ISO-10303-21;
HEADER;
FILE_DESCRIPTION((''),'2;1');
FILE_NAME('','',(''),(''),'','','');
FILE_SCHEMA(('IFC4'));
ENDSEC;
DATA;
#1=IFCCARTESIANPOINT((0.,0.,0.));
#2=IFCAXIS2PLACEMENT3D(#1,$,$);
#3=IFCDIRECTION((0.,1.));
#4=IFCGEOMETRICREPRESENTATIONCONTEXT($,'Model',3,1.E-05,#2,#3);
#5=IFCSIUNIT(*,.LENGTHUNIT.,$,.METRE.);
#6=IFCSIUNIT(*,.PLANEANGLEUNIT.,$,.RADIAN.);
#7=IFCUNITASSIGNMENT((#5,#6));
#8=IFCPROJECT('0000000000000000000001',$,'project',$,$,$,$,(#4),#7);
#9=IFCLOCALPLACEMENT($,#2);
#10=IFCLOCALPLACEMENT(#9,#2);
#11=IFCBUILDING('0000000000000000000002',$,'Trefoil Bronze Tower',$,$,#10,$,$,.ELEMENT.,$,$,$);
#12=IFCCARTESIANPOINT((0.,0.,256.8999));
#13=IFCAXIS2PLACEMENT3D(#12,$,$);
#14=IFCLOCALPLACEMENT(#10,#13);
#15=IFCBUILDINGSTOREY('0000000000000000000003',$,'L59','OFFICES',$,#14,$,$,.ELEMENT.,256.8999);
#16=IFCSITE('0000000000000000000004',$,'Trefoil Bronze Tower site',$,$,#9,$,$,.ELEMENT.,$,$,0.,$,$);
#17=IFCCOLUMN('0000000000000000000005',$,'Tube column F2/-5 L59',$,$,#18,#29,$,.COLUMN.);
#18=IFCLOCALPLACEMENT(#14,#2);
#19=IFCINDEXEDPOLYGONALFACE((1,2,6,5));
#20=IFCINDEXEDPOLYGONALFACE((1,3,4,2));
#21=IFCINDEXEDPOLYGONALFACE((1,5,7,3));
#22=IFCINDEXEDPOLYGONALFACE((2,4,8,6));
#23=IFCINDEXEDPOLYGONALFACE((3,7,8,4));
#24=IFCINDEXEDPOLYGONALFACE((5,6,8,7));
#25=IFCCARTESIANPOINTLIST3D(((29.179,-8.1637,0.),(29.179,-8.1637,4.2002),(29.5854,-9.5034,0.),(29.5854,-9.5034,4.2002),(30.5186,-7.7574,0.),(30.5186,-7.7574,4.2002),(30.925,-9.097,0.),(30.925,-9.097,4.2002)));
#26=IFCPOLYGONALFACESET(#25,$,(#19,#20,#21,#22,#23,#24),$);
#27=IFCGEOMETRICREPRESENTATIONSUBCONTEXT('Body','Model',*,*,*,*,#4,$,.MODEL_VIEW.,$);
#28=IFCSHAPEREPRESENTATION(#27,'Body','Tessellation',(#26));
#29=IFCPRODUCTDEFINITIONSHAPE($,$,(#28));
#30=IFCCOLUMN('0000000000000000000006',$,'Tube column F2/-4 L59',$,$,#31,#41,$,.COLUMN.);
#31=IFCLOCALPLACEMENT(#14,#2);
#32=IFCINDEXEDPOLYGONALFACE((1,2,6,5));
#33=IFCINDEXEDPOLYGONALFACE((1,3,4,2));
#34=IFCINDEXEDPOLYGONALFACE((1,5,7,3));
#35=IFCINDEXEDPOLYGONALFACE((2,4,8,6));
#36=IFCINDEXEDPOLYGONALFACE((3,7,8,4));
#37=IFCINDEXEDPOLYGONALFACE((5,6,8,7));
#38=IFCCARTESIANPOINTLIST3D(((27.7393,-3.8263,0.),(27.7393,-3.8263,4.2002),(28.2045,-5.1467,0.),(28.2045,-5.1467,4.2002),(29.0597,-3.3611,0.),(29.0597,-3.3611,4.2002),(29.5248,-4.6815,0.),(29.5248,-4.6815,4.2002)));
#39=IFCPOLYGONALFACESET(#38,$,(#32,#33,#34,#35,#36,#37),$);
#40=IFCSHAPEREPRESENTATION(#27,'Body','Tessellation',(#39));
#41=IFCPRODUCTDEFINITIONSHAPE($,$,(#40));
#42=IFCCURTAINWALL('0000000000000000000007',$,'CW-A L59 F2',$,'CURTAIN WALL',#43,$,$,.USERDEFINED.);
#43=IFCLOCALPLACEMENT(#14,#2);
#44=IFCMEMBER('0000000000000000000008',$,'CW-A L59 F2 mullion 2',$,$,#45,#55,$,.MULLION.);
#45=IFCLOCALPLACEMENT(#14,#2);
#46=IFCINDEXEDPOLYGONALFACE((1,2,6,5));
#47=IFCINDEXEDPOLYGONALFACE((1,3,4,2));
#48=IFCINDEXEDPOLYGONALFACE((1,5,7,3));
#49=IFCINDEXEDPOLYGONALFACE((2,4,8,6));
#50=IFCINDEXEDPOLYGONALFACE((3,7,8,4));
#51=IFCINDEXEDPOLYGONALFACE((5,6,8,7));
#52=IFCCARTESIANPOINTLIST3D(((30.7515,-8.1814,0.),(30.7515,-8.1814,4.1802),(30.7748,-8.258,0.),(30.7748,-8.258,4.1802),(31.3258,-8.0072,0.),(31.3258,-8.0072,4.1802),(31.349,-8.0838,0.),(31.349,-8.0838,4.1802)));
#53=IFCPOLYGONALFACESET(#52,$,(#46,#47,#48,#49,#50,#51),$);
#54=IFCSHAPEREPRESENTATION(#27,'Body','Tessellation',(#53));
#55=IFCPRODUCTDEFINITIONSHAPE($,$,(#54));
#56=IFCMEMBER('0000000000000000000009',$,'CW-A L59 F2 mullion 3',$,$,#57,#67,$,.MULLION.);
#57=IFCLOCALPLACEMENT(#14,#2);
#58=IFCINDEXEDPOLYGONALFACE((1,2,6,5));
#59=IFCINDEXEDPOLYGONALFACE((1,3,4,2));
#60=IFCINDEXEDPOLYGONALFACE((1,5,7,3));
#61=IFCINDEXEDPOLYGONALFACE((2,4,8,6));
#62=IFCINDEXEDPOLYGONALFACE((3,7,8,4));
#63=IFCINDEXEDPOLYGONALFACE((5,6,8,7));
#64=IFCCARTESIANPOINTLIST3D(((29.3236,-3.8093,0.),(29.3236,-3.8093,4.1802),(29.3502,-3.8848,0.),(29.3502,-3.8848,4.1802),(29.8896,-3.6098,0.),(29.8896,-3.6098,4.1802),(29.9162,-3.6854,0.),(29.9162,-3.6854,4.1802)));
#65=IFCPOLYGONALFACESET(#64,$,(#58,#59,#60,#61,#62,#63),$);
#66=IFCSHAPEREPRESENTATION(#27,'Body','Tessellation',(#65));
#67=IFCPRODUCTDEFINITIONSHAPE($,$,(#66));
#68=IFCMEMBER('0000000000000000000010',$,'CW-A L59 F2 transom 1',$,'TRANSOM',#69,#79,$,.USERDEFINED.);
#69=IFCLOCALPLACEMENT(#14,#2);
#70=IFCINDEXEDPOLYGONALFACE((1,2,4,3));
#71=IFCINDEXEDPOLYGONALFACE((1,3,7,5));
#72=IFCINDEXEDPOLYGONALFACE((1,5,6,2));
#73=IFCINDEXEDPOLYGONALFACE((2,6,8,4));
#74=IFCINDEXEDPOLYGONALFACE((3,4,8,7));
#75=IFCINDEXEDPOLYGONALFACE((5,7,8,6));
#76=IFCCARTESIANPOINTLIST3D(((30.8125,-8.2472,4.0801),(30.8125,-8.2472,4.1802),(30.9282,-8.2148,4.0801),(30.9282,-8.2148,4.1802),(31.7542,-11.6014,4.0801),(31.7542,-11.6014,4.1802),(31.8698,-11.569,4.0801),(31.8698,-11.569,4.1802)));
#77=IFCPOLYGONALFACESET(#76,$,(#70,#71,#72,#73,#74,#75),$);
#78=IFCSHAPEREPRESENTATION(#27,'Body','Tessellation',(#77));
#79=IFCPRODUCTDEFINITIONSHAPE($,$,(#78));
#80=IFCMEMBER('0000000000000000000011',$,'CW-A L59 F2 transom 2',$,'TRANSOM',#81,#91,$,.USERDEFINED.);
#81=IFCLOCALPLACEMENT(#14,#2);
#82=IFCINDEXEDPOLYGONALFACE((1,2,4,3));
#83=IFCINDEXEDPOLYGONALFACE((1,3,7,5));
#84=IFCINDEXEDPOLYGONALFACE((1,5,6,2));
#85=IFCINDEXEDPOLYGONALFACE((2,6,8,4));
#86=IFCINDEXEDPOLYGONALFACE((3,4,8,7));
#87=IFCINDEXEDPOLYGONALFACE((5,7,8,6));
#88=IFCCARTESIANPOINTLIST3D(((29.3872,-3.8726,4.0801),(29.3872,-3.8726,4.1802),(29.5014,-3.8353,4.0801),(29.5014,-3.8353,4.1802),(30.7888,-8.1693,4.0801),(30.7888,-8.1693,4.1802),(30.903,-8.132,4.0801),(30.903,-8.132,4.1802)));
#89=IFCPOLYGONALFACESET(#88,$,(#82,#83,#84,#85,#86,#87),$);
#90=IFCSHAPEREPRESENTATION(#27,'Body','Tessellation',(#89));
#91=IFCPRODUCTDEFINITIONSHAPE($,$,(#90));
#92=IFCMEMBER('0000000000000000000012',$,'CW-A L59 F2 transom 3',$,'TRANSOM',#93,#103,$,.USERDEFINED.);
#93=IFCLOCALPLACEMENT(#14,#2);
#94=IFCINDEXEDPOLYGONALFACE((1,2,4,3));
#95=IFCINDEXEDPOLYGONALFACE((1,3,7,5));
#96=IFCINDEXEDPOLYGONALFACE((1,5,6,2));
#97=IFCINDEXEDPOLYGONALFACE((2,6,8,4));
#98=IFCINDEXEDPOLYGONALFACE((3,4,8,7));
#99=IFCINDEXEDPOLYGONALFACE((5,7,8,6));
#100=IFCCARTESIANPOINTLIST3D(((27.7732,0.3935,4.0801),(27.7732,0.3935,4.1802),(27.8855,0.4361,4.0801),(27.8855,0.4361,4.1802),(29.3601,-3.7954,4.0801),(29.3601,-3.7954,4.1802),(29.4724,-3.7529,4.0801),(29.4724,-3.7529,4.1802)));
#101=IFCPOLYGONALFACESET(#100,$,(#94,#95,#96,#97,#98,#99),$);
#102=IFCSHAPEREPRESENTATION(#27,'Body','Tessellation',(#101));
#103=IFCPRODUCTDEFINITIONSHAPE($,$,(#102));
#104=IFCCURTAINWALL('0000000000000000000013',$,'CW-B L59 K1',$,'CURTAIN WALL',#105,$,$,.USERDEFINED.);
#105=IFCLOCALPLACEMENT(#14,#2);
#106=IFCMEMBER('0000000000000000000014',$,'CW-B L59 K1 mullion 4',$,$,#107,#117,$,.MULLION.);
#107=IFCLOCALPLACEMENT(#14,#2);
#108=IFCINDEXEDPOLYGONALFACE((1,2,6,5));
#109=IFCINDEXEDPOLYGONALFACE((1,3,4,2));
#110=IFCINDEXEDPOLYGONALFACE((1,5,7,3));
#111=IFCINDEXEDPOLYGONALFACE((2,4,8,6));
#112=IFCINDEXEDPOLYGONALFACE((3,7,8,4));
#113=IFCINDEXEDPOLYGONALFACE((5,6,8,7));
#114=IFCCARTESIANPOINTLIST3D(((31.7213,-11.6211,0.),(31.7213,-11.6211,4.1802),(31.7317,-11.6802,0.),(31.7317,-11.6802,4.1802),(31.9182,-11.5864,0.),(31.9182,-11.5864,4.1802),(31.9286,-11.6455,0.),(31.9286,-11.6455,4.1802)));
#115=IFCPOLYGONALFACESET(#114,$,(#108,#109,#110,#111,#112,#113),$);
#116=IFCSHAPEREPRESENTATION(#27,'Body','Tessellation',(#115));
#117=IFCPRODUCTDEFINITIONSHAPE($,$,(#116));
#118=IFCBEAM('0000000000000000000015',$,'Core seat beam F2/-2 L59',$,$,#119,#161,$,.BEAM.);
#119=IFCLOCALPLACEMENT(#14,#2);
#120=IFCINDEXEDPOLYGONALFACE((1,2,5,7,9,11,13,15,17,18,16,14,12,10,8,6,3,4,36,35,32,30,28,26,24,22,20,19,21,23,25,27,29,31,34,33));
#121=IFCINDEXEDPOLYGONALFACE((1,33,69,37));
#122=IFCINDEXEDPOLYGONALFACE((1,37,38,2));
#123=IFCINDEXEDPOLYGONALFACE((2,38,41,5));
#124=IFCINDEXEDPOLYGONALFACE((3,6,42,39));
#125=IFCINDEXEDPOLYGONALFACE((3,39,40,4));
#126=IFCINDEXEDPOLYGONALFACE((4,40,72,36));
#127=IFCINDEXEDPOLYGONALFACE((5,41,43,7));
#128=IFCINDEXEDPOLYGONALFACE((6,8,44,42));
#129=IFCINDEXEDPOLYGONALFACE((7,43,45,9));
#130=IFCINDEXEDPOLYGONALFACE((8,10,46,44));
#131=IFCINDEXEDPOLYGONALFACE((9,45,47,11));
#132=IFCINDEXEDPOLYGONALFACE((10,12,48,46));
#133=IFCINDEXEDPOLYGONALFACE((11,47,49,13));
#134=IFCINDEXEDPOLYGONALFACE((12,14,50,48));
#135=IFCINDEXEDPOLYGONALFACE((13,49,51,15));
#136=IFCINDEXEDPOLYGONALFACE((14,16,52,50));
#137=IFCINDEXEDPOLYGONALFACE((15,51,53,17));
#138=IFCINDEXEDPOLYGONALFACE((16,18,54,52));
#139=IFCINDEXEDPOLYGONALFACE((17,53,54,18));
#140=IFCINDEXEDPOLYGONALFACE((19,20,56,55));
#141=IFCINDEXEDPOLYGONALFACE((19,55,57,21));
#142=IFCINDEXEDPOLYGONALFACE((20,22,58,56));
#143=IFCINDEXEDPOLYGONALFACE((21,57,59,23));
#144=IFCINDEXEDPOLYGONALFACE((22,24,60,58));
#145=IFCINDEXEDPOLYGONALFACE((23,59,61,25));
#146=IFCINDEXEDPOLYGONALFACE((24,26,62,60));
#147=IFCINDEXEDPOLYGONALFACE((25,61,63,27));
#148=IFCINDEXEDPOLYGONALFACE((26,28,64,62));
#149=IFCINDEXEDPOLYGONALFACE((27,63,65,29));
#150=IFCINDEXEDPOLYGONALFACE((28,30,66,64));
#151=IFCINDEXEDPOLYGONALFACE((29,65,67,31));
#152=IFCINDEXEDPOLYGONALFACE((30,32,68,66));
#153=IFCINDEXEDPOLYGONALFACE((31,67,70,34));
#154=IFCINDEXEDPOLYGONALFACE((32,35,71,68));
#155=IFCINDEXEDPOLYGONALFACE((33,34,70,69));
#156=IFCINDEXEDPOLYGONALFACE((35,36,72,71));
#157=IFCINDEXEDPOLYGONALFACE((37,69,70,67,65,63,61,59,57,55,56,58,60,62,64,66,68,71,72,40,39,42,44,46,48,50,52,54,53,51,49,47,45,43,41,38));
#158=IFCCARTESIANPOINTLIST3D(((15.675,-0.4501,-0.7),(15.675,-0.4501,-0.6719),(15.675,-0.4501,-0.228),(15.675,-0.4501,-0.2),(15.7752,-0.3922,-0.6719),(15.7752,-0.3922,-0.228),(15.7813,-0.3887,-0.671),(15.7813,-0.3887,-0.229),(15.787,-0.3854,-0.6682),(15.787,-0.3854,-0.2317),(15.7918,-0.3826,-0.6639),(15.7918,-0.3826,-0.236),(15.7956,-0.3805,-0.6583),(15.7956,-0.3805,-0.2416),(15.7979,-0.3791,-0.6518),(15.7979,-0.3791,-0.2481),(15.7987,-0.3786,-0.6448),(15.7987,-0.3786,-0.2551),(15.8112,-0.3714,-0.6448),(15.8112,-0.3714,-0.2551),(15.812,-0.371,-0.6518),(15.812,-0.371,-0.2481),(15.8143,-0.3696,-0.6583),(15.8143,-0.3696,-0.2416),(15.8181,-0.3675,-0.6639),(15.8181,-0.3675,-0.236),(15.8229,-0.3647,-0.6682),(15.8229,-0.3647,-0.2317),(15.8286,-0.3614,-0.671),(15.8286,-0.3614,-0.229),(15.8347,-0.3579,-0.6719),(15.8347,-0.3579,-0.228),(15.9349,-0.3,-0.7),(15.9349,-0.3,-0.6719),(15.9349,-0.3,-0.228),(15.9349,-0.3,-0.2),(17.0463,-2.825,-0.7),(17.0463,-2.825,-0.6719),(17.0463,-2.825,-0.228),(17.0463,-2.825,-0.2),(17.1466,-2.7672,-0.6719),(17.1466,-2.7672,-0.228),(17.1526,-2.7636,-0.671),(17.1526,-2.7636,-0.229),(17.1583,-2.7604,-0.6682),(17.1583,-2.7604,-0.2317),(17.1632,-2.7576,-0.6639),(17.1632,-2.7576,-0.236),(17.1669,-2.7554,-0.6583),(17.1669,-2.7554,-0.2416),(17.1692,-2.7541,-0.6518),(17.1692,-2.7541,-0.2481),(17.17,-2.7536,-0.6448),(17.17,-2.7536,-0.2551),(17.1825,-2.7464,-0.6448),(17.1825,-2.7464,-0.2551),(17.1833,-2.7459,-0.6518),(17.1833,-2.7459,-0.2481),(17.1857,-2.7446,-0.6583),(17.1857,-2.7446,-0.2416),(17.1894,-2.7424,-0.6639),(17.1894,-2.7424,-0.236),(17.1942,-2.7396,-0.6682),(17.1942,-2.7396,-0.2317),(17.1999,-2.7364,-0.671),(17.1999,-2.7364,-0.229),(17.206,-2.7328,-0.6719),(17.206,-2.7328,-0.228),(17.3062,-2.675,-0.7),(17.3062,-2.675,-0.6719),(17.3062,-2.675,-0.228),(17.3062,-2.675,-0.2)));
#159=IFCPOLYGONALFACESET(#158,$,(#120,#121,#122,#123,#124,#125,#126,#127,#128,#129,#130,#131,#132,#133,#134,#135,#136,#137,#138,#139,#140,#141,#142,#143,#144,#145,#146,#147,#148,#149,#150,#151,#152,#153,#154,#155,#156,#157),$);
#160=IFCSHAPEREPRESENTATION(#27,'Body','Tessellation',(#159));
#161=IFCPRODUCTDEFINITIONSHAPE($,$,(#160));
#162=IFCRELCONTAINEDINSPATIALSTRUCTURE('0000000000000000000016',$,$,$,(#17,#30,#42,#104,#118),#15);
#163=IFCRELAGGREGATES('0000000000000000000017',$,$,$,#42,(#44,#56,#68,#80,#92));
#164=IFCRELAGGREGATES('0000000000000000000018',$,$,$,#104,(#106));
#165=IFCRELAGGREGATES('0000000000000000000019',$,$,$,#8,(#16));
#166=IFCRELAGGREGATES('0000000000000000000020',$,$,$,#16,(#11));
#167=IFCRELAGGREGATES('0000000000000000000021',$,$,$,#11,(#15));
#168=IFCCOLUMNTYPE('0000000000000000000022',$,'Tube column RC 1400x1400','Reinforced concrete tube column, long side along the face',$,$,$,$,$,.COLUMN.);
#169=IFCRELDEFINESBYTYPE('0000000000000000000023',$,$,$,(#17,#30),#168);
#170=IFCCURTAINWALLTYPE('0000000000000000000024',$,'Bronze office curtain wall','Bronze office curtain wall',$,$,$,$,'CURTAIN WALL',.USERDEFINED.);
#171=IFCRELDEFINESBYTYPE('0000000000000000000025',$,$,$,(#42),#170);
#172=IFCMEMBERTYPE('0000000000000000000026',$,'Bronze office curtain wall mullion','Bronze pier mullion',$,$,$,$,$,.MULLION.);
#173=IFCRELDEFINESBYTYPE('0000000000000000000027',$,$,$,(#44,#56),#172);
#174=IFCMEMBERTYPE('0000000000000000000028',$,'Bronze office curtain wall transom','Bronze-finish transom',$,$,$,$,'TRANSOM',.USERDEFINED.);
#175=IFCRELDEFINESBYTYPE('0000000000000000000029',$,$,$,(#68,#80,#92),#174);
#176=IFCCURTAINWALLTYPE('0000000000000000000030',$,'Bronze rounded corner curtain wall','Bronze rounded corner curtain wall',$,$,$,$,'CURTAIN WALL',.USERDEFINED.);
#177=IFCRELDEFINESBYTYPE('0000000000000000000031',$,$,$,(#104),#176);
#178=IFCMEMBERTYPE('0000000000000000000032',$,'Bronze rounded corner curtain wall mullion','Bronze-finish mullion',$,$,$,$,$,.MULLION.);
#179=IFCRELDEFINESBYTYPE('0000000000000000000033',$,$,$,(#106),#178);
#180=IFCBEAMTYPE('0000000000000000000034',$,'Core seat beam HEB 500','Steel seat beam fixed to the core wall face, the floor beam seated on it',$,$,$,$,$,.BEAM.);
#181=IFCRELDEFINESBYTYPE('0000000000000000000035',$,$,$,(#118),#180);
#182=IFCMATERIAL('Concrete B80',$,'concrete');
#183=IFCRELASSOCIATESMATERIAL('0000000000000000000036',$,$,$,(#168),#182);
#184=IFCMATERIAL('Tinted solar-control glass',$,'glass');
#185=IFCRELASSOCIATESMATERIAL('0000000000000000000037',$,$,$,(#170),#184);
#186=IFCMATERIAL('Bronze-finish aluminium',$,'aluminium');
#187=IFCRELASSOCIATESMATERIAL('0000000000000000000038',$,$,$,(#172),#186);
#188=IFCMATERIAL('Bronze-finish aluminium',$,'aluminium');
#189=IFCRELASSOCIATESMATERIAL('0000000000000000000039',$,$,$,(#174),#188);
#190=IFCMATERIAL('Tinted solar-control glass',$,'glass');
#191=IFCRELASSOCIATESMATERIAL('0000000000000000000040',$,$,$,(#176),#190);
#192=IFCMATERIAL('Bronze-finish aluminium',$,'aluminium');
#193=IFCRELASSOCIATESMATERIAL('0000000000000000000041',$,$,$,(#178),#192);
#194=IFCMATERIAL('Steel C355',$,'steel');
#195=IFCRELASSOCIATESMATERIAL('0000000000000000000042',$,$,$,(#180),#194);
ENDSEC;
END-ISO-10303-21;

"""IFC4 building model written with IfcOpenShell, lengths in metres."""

from ifc_helpers import new_model, si_unit, direction, frame, origin, origin_2d, place, context, subcontext, project, spatial, rectangle, i_section, extrude, material, material_profile, profile_set, type_object, element, aggregate, save


model = new_model("IFC4")

# Units and contexts
model_context = context("Model", 3, precision=1e-05, world=origin(), true_north=direction((0.0, 1.0)))
body_context = subcontext(model_context, "Body", "Model", "MODEL_VIEW")
ifc_project = project(units=[si_unit("LENGTHUNIT", "METRE"), si_unit("PLANEANGLEUNIT", "RADIAN")], contexts=[model_context])

# Site, building, storey
site_placement = place(None, origin())
site = spatial("IfcSite", under=ifc_project, at=site_placement, Name="Trefoil Bronze Tower site", CompositionType="ELEMENT", RefElevation=0.0)
building_placement = place(site_placement, origin())
building = spatial("IfcBuilding", under=site, at=building_placement, Name="Trefoil Bronze Tower", CompositionType="ELEMENT")
storey_placement = place(building_placement, frame((0.0, 0.0, 256.8999)))
storey = spatial("IfcBuildingStorey", under=building, at=storey_placement, Name="L59", Description="OFFICES", CompositionType="ELEMENT", Elevation=256.8999)

# Columns
ifc_material_1 = material(Name="Concrete B80", Category="concrete")
ifc_material_profile_1 = material_profile(ifc_material_1, rectangle(XDim=1.3999, YDim=1.3999, at=origin_2d()), Name="RC 1400x1400")
ifc_profile_set_1 = profile_set([ifc_material_profile_1], Name="Concrete B80")
column_type = type_object("IfcColumnType", Name="Tube column RC 1400x1400", Description="Reinforced concrete tube column, long side along the face", PredefinedType="COLUMN", material=ifc_profile_set_1)
for number, where, z_axis, x_axis, name in (
    (1, (30.052, -8.6304, 0.0), (0.0, 0.0, 1.0), (-0.290278, 0.956942, 0.0), "Tube column F2/-5 L59"),
    (2, (28.6321, -4.2539, 0.0), (0.0, 0.0, 1.0), (-0.332282, 0.94318, 0.0), "Tube column F2/-4 L59"),
):
    element("IfcColumn", number, at=place(storey_placement, frame(where, z_axis=z_axis, x_axis=x_axis)), inside=storey, type_object=column_type, Name=name, PredefinedType="COLUMN", context=body_context, shape_type="SweptSolid", body=[
        extrude(rectangle(XDim=1.3999, YDim=1.3999, at=origin_2d()), origin(), (0.0, 0.0, 1.0), 4.2002),
    ])

# Curtain wall, members
ifc_material_2 = material(Name="Tinted solar-control glass", Category="glass")
curtain_wall_type_1 = type_object("IfcCurtainWallType", Name="Bronze office curtain wall", Description="Bronze office curtain wall", ElementType="CURTAIN WALL", PredefinedType="USERDEFINED", material=ifc_material_2)
curtain_wall_1_placement = place(storey_placement, origin())
curtain_wall_1 = element("IfcCurtainWall", 3, at=curtain_wall_1_placement, inside=storey, type_object=curtain_wall_type_1, Name="CW-A L59 F2", ObjectType="CURTAIN WALL", PredefinedType="USERDEFINED")
ifc_material_3 = material(Name="Bronze-finish aluminium", Category="aluminium")
ifc_material_profile_2 = material_profile(ifc_material_3, rectangle(XDim=0.6001, YDim=0.0801, at=origin_2d()), Name="CW-A mullion")
ifc_profile_set_2 = profile_set([ifc_material_profile_2], Name="Bronze-finish aluminium")
member_type_1 = type_object("IfcMemberType", Name="Bronze office curtain wall mullion", Description="Bronze pier mullion", PredefinedType="MULLION", material=ifc_profile_set_2)
member_1_placement = place(storey_placement, frame((31.0503, -8.1326, 0.0), z_axis=(0.0, 0.0, 1.0), x_axis=(-0.956942, -0.290278, 0.0)))
member_1 = element("IfcMember", 4, at=member_1_placement, type_object=member_type_1, Name="CW-A L59 F2 mullion 2", PredefinedType="MULLION", context=body_context, shape_type="SweptSolid", body=[
    extrude(rectangle(XDim=0.6001, YDim=0.0801, at=origin_2d()), origin(), (0.0, 0.0, 1.0), 4.1802),
])
member_2_placement = place(storey_placement, frame((29.6199, -3.7473, 0.0), z_axis=(0.0, 0.0, 1.0), x_axis=(-0.94318, -0.332282, 0.0)))
member_2 = element("IfcMember", 5, at=member_2_placement, type_object=member_type_1, Name="CW-A L59 F2 mullion 3", PredefinedType="MULLION", context=body_context, shape_type="SweptSolid", body=[
    extrude(rectangle(XDim=0.6001, YDim=0.0801, at=origin_2d()), origin(), (0.0, 0.0, 1.0), 4.1802),
])
ifc_material_4 = material(Name="Bronze-finish aluminium", Category="aluminium")
ifc_material_profile_3 = material_profile(ifc_material_4, rectangle(XDim=0.1201, YDim=0.1001, at=origin_2d()), Name="CW-A transom")
ifc_profile_set_3 = profile_set([ifc_material_profile_3], Name="Bronze-finish aluminium")
member_type_2 = type_object("IfcMemberType", Name="Bronze office curtain wall transom", Description="Bronze-finish transom", ElementType="TRANSOM", PredefinedType="USERDEFINED", material=ifc_profile_set_3)
member_3_placement = place(storey_placement, frame((31.812, -11.5852, 4.1301), z_axis=(-0.270285, 0.96278, 0.0), x_axis=(-0.96278, -0.270285, 0.0)))
member_3 = element("IfcMember", 6, at=member_3_placement, type_object=member_type_2, Name="CW-A L59 F2 transom 1", ObjectType="TRANSOM", PredefinedType="USERDEFINED", context=body_context, shape_type="SweptSolid", body=[
    extrude(rectangle(XDim=0.1201, YDim=0.1001, at=origin_2d()), origin(), (0.0, 0.0, 1.0), 3.4839),
])
member_4_placement = place(storey_placement, frame((30.8459, -8.1506, 4.1301), z_axis=(-0.310128, 0.950695, 0.0), x_axis=(-0.950695, -0.310128, 0.0)))
member_4 = element("IfcMember", 7, at=member_4_placement, type_object=member_type_2, Name="CW-A L59 F2 transom 2", ObjectType="TRANSOM", PredefinedType="USERDEFINED", context=body_context, shape_type="SweptSolid", body=[
    extrude(rectangle(XDim=0.1201, YDim=0.1001, at=origin_2d()), origin(), (0.0, 0.0, 1.0), 4.5195),
])
member_5_placement = place(storey_placement, frame((29.4163, -3.7742, 4.1301), z_axis=(-0.354263, 0.935146, 0.0), x_axis=(-0.935146, -0.354263, 0.0)))
member_5 = element("IfcMember", 8, at=member_5_placement, type_object=member_type_2, Name="CW-A L59 F2 transom 3", ObjectType="TRANSOM", PredefinedType="USERDEFINED", context=body_context, shape_type="SweptSolid", body=[
    extrude(rectangle(XDim=0.1201, YDim=0.1001, at=origin_2d()), origin(), (0.0, 0.0, 1.0), 4.4795),
])

# Curtain wall, member
ifc_material_5 = material(Name="Tinted solar-control glass", Category="glass")
curtain_wall_type_2 = type_object("IfcCurtainWallType", Name="Bronze rounded corner curtain wall", Description="Bronze rounded corner curtain wall", ElementType="CURTAIN WALL", PredefinedType="USERDEFINED", material=ifc_material_5)
curtain_wall_2_placement = place(storey_placement, origin())
curtain_wall_2 = element("IfcCurtainWall", 9, at=curtain_wall_2_placement, inside=storey, type_object=curtain_wall_type_2, Name="CW-B L59 K1", ObjectType="CURTAIN WALL", PredefinedType="USERDEFINED")
ifc_material_6 = material(Name="Bronze-finish aluminium", Category="aluminium")
ifc_material_profile_4 = material_profile(ifc_material_6, rectangle(XDim=0.2, YDim=0.0601, at=origin_2d()), Name="CW-B mullion")
ifc_profile_set_4 = profile_set([ifc_material_profile_4], Name="Bronze-finish aluminium")
member_type_3 = type_object("IfcMemberType", Name="Bronze rounded corner curtain wall mullion", Description="Bronze-finish mullion", PredefinedType="MULLION", material=ifc_profile_set_4)
member_6_placement = place(storey_placement, frame((31.825, -11.6333, 0.0), z_axis=(0.0, 0.0, 1.0), x_axis=(-0.984808, -0.173648, 0.0)))
member_6 = element("IfcMember", 10, at=member_6_placement, type_object=member_type_3, Name="CW-B L59 K1 mullion 4", PredefinedType="MULLION", context=body_context, shape_type="SweptSolid", body=[
    extrude(rectangle(XDim=0.2, YDim=0.0601, at=origin_2d()), origin(), (0.0, 0.0, 1.0), 4.1802),
])

# Beam
ifc_material_7 = material(Name="Steel C355", Category="steel")
ifc_material_profile_5 = material_profile(ifc_material_7, i_section(OverallWidth=0.3, OverallDepth=0.5, WebThickness=0.0144, FlangeThickness=0.0281, FilletRadius=0.0271, at=origin_2d()), Name="HEB 500")
ifc_profile_set_5 = profile_set([ifc_material_profile_5], Name="Steel C355")
beam_type_1 = type_object("IfcBeamType", Name="Core seat beam HEB 500", Description="Steel seat beam fixed to the core wall face, the floor beam seated on it", PredefinedType="BEAM", material=ifc_profile_set_5)
beam_1_placement = place(storey_placement, frame((17.1763, -2.75, -0.45), z_axis=(-0.500036, 0.866005, 0.0), x_axis=(-0.866005, -0.500036, 0.0)))
element("IfcBeam", 11, at=beam_1_placement, inside=storey, type_object=beam_type_1, Name="Core seat beam F2/-2 L59", PredefinedType="BEAM", context=body_context, shape_type="SweptSolid", body=[
    extrude(i_section(OverallWidth=0.3, OverallDepth=0.5, WebThickness=0.0144, FlangeThickness=0.0281, FilletRadius=0.0271, at=origin_2d()), origin(), (0.0, 0.0, 1.0), 2.7424),
])

aggregate(curtain_wall_1, [member_1, member_2, member_3, member_4, member_5])
aggregate(curtain_wall_2, [member_6])

save(model, "model.ifc")
